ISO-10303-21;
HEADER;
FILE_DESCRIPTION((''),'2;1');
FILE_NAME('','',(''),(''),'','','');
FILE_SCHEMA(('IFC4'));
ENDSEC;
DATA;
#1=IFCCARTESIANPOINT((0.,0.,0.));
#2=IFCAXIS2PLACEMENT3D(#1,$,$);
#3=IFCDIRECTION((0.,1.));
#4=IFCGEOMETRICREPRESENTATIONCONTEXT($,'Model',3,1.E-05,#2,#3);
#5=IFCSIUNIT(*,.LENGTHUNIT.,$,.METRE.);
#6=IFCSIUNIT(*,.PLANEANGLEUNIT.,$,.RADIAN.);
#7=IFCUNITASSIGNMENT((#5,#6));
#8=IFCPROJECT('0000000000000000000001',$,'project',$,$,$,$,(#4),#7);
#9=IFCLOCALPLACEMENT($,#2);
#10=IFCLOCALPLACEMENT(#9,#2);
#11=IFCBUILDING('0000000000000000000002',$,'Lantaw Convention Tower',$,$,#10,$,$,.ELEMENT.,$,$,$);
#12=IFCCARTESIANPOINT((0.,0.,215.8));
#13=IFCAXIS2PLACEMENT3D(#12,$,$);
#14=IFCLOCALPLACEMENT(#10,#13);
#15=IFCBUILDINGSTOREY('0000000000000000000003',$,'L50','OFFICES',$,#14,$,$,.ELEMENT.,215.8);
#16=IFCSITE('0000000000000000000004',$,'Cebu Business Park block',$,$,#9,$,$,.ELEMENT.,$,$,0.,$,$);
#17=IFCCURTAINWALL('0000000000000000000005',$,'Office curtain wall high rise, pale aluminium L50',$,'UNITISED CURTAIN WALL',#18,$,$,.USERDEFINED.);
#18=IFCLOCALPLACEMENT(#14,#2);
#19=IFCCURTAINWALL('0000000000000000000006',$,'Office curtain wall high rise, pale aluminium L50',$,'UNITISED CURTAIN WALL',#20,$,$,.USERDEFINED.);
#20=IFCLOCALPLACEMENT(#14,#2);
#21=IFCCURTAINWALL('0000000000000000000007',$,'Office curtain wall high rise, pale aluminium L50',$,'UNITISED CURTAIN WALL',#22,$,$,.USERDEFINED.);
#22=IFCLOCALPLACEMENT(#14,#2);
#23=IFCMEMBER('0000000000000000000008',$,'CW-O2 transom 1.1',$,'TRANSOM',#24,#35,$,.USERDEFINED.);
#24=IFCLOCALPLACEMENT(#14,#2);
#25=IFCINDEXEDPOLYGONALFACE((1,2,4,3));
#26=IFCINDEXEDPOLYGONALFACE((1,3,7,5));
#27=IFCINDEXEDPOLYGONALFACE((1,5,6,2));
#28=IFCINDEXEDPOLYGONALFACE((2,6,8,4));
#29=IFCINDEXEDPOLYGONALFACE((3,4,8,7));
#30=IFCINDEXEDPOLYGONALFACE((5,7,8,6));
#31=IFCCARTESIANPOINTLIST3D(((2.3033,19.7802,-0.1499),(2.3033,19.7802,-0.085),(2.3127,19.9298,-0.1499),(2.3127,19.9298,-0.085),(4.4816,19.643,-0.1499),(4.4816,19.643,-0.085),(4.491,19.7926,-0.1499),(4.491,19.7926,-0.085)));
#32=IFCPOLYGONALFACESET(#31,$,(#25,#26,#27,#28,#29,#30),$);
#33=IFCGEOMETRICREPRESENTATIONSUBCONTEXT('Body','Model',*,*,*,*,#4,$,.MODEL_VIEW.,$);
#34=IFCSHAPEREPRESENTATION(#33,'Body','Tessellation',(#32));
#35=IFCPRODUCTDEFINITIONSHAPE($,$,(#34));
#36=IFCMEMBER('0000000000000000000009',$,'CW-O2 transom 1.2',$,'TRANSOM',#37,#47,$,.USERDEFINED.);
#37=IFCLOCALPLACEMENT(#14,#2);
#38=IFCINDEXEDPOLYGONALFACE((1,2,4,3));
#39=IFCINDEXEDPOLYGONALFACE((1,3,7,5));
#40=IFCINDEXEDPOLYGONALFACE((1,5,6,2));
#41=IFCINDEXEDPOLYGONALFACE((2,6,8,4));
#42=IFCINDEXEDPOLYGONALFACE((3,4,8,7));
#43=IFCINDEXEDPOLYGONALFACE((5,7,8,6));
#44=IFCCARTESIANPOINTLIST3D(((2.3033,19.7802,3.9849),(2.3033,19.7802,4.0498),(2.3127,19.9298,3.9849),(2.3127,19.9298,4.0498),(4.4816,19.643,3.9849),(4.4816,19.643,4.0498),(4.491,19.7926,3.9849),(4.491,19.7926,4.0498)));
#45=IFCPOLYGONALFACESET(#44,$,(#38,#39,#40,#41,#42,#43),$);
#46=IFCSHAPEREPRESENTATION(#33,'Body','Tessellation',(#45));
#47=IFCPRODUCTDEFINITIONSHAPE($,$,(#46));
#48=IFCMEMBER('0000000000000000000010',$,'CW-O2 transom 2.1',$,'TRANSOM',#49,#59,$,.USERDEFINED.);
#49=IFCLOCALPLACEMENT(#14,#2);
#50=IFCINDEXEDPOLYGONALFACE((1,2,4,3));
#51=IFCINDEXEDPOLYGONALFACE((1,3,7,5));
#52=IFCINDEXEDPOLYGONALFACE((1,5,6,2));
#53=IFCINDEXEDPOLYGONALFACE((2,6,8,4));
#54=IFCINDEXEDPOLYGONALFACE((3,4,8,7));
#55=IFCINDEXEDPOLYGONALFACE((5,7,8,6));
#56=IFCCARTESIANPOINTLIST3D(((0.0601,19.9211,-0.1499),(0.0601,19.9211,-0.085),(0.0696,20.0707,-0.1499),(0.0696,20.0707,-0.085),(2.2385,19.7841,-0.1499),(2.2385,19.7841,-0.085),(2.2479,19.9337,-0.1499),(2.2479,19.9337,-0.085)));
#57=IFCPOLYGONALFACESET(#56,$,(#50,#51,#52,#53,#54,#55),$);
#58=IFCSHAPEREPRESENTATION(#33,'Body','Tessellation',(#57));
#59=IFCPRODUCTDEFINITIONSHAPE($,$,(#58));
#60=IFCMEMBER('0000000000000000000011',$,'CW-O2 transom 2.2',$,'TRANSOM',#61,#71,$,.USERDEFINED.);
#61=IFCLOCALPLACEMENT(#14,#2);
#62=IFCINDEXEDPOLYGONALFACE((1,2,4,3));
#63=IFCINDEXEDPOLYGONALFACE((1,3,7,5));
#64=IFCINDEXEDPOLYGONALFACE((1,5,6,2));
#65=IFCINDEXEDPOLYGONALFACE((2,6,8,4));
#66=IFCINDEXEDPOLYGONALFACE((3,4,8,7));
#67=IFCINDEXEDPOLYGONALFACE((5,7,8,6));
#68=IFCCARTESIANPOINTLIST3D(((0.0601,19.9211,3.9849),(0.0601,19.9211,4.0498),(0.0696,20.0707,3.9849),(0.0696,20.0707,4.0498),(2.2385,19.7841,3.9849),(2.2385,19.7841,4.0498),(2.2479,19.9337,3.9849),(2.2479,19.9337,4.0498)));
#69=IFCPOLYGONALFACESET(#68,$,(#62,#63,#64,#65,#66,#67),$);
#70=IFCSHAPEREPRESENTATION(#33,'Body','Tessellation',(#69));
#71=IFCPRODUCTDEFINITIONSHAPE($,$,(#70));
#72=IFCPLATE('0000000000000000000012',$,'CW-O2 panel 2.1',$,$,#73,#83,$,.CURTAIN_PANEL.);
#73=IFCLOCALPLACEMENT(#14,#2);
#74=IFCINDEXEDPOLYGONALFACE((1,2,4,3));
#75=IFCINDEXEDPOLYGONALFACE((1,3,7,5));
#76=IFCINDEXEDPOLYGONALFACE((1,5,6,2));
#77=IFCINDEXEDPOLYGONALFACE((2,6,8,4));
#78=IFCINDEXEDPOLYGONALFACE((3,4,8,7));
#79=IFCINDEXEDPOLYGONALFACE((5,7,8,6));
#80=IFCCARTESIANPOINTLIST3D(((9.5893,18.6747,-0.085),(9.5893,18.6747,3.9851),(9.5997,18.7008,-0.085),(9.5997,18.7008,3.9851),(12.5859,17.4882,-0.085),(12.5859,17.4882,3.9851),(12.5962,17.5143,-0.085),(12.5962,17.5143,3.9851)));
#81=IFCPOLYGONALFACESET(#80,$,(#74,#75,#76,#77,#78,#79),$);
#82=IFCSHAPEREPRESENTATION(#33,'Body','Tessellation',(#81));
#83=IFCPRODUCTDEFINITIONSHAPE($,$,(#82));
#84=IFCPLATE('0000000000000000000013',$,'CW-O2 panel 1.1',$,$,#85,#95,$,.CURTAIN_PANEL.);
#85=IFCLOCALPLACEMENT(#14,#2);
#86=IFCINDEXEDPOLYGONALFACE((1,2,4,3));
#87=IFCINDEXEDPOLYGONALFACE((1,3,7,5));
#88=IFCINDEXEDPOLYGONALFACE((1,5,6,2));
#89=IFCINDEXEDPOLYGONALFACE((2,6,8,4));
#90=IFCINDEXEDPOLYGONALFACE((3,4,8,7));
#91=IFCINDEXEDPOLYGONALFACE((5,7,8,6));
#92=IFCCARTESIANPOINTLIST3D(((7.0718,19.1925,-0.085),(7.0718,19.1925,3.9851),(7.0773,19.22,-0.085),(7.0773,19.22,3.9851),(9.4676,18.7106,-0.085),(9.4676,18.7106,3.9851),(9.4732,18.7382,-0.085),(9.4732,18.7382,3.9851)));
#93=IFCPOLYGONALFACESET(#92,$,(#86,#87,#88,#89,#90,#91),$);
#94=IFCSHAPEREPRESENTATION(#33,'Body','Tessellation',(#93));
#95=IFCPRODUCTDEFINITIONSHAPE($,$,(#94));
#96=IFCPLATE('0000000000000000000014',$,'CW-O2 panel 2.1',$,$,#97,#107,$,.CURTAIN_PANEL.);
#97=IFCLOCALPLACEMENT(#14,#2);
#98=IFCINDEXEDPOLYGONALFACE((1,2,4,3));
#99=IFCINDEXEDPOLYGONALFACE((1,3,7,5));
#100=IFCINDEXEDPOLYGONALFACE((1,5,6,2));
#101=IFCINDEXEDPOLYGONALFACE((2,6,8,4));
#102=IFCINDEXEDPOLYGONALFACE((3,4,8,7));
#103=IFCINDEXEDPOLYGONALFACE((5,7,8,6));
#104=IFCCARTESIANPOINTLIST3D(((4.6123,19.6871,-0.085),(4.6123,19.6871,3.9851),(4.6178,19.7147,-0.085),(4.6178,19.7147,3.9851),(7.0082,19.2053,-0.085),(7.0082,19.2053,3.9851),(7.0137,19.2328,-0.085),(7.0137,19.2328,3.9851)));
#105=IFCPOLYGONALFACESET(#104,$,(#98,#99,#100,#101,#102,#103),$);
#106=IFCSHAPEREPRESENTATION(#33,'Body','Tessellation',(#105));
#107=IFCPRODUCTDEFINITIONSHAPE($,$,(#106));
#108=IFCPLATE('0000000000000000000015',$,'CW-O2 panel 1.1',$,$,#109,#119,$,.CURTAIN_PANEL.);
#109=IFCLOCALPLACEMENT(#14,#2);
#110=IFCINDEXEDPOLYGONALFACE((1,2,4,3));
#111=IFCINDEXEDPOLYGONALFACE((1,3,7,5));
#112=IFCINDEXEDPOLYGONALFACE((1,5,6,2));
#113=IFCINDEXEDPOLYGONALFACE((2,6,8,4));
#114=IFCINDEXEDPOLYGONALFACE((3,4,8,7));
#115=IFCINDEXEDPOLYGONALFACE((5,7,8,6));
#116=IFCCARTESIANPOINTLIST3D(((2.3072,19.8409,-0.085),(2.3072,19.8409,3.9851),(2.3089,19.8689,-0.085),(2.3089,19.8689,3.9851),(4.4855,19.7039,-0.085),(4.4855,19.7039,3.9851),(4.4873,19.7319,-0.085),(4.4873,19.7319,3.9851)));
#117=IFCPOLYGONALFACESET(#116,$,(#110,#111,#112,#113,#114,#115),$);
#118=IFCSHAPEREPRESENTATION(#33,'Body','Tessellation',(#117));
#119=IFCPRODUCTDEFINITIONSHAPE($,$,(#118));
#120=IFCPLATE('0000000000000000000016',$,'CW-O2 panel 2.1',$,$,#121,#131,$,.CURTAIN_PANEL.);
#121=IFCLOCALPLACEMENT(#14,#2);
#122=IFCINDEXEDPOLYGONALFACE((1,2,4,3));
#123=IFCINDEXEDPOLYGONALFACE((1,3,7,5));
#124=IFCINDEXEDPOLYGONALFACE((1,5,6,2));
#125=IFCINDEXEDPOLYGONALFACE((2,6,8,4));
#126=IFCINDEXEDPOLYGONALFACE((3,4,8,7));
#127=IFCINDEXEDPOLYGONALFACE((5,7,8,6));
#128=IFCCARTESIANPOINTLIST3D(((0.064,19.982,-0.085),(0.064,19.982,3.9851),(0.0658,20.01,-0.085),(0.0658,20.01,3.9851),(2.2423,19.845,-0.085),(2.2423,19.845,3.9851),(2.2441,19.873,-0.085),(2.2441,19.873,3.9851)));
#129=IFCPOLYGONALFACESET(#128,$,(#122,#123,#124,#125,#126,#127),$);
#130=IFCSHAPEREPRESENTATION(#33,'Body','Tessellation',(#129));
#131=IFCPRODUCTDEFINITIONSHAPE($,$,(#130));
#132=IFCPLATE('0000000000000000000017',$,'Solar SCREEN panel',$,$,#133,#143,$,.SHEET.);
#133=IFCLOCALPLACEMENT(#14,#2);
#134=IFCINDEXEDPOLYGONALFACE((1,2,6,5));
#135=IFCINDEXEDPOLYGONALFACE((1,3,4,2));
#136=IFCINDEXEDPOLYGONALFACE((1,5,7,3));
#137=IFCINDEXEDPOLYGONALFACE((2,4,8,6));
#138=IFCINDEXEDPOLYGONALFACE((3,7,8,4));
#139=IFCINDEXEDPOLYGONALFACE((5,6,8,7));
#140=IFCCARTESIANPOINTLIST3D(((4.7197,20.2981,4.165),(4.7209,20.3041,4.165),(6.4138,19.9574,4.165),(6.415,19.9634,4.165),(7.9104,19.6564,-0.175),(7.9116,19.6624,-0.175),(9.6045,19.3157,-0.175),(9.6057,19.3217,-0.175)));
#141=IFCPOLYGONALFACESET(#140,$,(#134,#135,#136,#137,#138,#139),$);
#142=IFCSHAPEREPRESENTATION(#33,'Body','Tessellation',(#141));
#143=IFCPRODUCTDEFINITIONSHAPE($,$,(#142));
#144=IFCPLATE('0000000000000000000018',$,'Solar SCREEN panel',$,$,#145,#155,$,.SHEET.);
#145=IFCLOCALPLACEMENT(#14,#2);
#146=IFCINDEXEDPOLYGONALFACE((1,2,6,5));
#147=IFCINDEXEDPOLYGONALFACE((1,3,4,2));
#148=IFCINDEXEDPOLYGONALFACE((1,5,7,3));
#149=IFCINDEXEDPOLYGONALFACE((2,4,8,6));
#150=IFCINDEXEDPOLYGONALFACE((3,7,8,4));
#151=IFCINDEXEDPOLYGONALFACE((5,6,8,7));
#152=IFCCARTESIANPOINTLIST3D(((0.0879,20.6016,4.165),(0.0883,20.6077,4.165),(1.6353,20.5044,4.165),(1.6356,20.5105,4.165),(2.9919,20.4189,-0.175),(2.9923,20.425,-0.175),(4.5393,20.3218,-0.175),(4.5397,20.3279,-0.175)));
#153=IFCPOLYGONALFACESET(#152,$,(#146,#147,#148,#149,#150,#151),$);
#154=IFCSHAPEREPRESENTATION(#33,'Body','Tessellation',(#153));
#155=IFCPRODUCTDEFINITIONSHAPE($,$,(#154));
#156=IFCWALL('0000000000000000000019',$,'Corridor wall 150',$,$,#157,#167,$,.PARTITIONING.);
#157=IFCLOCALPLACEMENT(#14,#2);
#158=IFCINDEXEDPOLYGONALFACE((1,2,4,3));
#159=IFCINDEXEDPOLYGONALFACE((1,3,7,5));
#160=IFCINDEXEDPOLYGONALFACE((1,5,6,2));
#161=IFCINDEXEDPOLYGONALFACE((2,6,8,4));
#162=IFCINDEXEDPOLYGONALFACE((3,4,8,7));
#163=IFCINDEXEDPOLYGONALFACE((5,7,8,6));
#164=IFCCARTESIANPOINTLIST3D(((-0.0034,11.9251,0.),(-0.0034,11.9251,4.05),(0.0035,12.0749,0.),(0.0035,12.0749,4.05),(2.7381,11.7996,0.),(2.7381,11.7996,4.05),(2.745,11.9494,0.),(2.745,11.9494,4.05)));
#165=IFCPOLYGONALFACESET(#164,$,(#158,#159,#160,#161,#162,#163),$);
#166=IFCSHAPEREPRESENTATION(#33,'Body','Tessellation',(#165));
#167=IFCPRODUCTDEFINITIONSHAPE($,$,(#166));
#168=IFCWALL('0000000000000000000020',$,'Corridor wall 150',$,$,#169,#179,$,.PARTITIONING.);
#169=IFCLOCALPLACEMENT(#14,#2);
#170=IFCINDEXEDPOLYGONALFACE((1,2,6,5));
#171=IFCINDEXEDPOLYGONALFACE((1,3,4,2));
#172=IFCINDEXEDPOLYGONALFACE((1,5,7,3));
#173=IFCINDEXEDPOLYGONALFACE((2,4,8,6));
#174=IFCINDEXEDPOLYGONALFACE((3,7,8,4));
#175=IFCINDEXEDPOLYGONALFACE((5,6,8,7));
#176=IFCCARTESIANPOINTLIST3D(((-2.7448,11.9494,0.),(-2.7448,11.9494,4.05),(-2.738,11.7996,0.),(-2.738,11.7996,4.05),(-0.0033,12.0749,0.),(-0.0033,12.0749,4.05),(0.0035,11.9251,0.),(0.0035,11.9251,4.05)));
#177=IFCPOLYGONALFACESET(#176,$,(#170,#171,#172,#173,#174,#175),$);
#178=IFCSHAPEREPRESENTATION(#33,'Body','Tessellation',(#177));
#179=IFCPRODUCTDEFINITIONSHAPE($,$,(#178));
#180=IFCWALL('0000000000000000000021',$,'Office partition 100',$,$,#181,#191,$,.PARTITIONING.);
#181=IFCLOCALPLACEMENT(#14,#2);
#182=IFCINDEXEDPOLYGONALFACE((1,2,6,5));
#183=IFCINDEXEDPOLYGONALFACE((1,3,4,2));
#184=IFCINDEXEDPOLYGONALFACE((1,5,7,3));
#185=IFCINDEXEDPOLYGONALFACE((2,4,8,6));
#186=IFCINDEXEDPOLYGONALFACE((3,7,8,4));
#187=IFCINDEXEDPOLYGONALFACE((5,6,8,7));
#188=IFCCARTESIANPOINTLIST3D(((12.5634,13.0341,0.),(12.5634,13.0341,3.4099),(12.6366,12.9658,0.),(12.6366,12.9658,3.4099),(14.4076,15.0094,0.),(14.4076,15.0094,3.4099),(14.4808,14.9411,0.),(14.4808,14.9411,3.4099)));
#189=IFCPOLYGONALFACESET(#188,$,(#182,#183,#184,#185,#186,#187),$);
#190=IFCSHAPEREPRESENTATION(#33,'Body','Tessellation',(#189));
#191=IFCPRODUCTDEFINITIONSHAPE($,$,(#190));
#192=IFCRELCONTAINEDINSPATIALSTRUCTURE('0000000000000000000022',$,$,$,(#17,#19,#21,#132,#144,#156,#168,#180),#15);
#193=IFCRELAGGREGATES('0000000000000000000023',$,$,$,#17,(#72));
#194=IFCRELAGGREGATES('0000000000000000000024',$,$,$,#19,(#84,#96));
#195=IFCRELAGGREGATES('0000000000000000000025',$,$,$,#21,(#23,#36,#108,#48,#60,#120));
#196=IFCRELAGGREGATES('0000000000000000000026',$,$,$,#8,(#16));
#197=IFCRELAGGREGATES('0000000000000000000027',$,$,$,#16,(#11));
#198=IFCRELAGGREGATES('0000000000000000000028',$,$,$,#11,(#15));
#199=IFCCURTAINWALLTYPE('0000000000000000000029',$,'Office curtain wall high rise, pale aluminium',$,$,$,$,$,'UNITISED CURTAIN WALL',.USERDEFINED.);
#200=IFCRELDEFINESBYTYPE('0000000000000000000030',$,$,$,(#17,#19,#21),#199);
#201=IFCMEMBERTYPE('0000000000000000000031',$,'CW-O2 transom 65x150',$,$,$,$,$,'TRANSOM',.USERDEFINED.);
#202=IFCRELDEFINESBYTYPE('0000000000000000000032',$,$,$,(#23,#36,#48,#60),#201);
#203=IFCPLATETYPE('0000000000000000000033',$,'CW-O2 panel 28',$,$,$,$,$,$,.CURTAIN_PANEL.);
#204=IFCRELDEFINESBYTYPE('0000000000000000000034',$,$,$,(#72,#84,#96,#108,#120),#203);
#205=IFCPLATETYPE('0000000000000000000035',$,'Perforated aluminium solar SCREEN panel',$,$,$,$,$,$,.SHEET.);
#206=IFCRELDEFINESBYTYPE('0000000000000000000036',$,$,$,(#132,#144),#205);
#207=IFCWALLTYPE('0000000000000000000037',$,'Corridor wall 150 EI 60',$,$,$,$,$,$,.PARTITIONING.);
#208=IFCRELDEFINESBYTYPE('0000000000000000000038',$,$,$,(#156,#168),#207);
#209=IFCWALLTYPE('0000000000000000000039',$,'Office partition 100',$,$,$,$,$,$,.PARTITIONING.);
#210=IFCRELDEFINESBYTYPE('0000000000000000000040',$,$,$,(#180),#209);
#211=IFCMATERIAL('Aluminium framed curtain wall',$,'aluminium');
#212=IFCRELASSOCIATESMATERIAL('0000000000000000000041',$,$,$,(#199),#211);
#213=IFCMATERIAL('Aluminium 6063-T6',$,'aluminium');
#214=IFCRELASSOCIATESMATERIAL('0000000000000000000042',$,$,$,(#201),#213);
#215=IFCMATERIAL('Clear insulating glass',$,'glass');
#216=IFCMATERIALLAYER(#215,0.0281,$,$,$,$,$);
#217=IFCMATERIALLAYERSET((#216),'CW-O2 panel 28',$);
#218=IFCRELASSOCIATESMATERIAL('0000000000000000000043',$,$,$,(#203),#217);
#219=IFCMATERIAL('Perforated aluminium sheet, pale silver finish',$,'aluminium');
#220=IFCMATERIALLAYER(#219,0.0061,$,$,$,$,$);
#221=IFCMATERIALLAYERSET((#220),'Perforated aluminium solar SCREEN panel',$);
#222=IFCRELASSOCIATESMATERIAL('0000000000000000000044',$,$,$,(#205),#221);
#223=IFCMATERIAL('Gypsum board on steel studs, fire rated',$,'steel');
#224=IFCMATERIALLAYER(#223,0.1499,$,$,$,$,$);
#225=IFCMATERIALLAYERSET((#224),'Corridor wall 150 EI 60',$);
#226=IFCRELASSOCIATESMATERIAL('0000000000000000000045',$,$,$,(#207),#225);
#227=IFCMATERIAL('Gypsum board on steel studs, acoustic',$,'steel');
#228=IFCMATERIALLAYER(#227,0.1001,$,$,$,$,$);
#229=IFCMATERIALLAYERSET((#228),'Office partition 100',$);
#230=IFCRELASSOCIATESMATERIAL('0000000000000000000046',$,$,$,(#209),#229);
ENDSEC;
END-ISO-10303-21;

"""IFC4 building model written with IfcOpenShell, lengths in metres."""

from ifc_helpers import new_model, si_unit, direction, frame, frame_2d, origin, origin_2d, place, context, subcontext, project, spatial, polyline, rectangle, outline, extrude, material, layer, layer_set, material_profile, profile_set, type_object, element, aggregate, save


model = new_model("IFC4")

# Units and contexts
model_context = context("Model", 3, precision=1e-05, world=origin(), true_north=direction((0.0, 1.0)))
body_context = subcontext(model_context, "Body", "Model", "MODEL_VIEW")
ifc_project = project(units=[si_unit("LENGTHUNIT", "METRE"), si_unit("PLANEANGLEUNIT", "RADIAN")], contexts=[model_context])

# Site, building, storey
site_placement = place(None, origin())
site = spatial("IfcSite", under=ifc_project, at=site_placement, Name="Cebu Business Park block", CompositionType="ELEMENT", RefElevation=0.0)
building_placement = place(site_placement, origin())
building = spatial("IfcBuilding", under=site, at=building_placement, Name="Lantaw Convention Tower", CompositionType="ELEMENT")
storey_placement = place(building_placement, frame((0.0, 0.0, 215.8)))
storey = spatial("IfcBuildingStorey", under=building, at=storey_placement, Name="L50", Description="OFFICES", CompositionType="ELEMENT", Elevation=215.8)

# Curtain walls
ifc_material_1 = material(Name="Aluminium framed curtain wall", Category="aluminium")
curtain_wall_type = type_object("IfcCurtainWallType", Name="Office curtain wall high rise, pale aluminium", ElementType="UNITISED CURTAIN WALL", PredefinedType="USERDEFINED", material=ifc_material_1)
curtain_wall_1_placement = place(storey_placement, origin())
curtain_wall_1 = element("IfcCurtainWall", 1, at=curtain_wall_1_placement, inside=storey, type_object=curtain_wall_type, Name="Office curtain wall high rise, pale aluminium L50", ObjectType="UNITISED CURTAIN WALL", PredefinedType="USERDEFINED")
ifc_material_2 = material(Name="Aluminium 6063-T6", Category="aluminium")
curtain_wall_2_placement = place(storey_placement, origin())
curtain_wall_2 = element("IfcCurtainWall", 2, at=curtain_wall_2_placement, inside=storey, type_object=curtain_wall_type, Name="Office curtain wall high rise, pale aluminium L50", ObjectType="UNITISED CURTAIN WALL", PredefinedType="USERDEFINED")
curtain_wall_3_placement = place(storey_placement, origin())
curtain_wall_3 = element("IfcCurtainWall", 3, at=curtain_wall_3_placement, inside=storey, type_object=curtain_wall_type, Name="Office curtain wall high rise, pale aluminium L50", ObjectType="UNITISED CURTAIN WALL", PredefinedType="USERDEFINED")

# Members
ifc_material_profile_1 = material_profile(ifc_material_2, rectangle(XDim=0.1499, YDim=0.0649, at=origin_2d()), Name="CW-O2 transom 65x150")
ifc_profile_set_1 = profile_set([ifc_material_profile_1], Name="Aluminium 6063-T6")
member_type_1 = type_object("IfcMemberType", Name="CW-O2 transom 65x150", ElementType="TRANSOM", PredefinedType="USERDEFINED", material=ifc_profile_set_1)
member_1_placement = place(storey_placement, frame((4.4863, 19.7178, -0.1174), z_axis=(-0.998022, 0.062866, 0.0), x_axis=(-0.062866, -0.998022, 0.0)))
member_1 = element("IfcMember", 4, at=member_1_placement, type_object=member_type_1, Name="CW-O2 transom 1.1", ObjectType="TRANSOM", PredefinedType="USERDEFINED", context=body_context, shape_type="SweptSolid", body=[
    extrude(rectangle(XDim=0.1499, YDim=0.0649, at=origin_2d()), origin(), (0.0, 0.0, 1.0), 2.1826),
])
member_2_placement = place(storey_placement, frame((4.4863, 19.7178, 4.0173), z_axis=(-0.998022, 0.062866, 0.0), x_axis=(-0.062866, -0.998022, 0.0)))
member_2 = element("IfcMember", 5, at=member_2_placement, type_object=member_type_1, Name="CW-O2 transom 1.2", ObjectType="TRANSOM", PredefinedType="USERDEFINED", context=body_context, shape_type="SweptSolid", body=[
    extrude(rectangle(XDim=0.1499, YDim=0.0649, at=origin_2d()), origin(), (0.0, 0.0, 1.0), 2.1826),
])
member_3_placement = place(storey_placement, frame((2.2432, 19.8589, -0.1174), z_axis=(-0.998029, 0.062754, 0.0), x_axis=(-0.062754, -0.998029, 0.0)))
member_3 = element("IfcMember", 6, at=member_3_placement, type_object=member_type_1, Name="CW-O2 transom 2.1", ObjectType="TRANSOM", PredefinedType="USERDEFINED", context=body_context, shape_type="SweptSolid", body=[
    extrude(rectangle(XDim=0.1499, YDim=0.0649, at=origin_2d()), origin(), (0.0, 0.0, 1.0), 2.1826),
])
member_4_placement = place(storey_placement, frame((2.2432, 19.8589, 4.0173), z_axis=(-0.998029, 0.062754, 0.0), x_axis=(-0.062754, -0.998029, 0.0)))
member_4 = element("IfcMember", 7, at=member_4_placement, type_object=member_type_1, Name="CW-O2 transom 2.2", ObjectType="TRANSOM", PredefinedType="USERDEFINED", context=body_context, shape_type="SweptSolid", body=[
    extrude(rectangle(XDim=0.1499, YDim=0.0649, at=origin_2d()), origin(), (0.0, 0.0, 1.0), 2.1826),
])

# Plates
ifc_material_3 = material(Name="Clear insulating glass", Category="glass")
ifc_layer_1 = layer(ifc_material_3, 0.0281)
ifc_layer_set_1 = layer_set([ifc_layer_1], Name="CW-O2 panel 28")
plate_type_1 = type_object("IfcPlateType", Name="CW-O2 panel 28", PredefinedType="CURTAIN_PANEL", material=ifc_layer_set_1)
plate_1_placement = place(storey_placement, frame((11.0928, 18.0945, -0.085), z_axis=(0.0, 0.0, 1.0), x_axis=(-0.929762, 0.368162, 0.0)))
plate_1 = element("IfcPlate", 8, at=plate_1_placement, type_object=plate_type_1, Name="CW-O2 panel 2.1", PredefinedType="CURTAIN_PANEL", context=body_context, shape_type="SweptSolid", body=[
    extrude(rectangle(XDim=3.2229, YDim=0.0281, at=origin_2d()), origin(), (0.0, 0.0, 1.0), 4.0701),
])
aggregate(curtain_wall_1, [plate_1])
plate_2_placement = place(storey_placement, frame((8.2725, 18.9653, -0.085), z_axis=(0.0, 0.0, 1.0), x_axis=(-0.980367, 0.197183, 0.0)))
plate_2 = element("IfcPlate", 9, at=plate_2_placement, type_object=plate_type_1, Name="CW-O2 panel 1.1", PredefinedType="CURTAIN_PANEL", context=body_context, shape_type="SweptSolid", body=[
    extrude(rectangle(XDim=2.4438, YDim=0.0281, at=origin_2d()), origin(), (0.0, 0.0, 1.0), 4.0701),
])
plate_3_placement = place(storey_placement, frame((5.813, 19.46, -0.085), z_axis=(0.0, 0.0, 1.0), x_axis=(-0.980367, 0.197183, 0.0)))
plate_3 = element("IfcPlate", 10, at=plate_3_placement, type_object=plate_type_1, Name="CW-O2 panel 2.1", PredefinedType="CURTAIN_PANEL", context=body_context, shape_type="SweptSolid", body=[
    extrude(rectangle(XDim=2.4438, YDim=0.0281, at=origin_2d()), origin(), (0.0, 0.0, 1.0), 4.0701),
])
aggregate(curtain_wall_2, [plate_2, plate_3])
plate_4_placement = place(storey_placement, frame((3.3972, 19.7864, -0.085), z_axis=(0.0, 0.0, 1.0), x_axis=(-0.998029, 0.062758, 0.0)))
plate_4 = element("IfcPlate", 11, at=plate_4_placement, type_object=plate_type_1, Name="CW-O2 panel 1.1", PredefinedType="CURTAIN_PANEL", context=body_context, shape_type="SweptSolid", body=[
    extrude(rectangle(XDim=2.1826, YDim=0.0281, at=origin_2d()), origin(), (0.0, 0.0, 1.0), 4.0701),
])
plate_5_placement = place(storey_placement, frame((1.1541, 19.9275, -0.085), z_axis=(0.0, 0.0, 1.0), x_axis=(-0.998029, 0.062758, 0.0)))
plate_5 = element("IfcPlate", 12, at=plate_5_placement, type_object=plate_type_1, Name="CW-O2 panel 2.1", PredefinedType="CURTAIN_PANEL", context=body_context, shape_type="SweptSolid", body=[
    extrude(rectangle(XDim=2.1826, YDim=0.0281, at=origin_2d()), origin(), (0.0, 0.0, 1.0), 4.0701),
])
aggregate(curtain_wall_3, [member_1, member_2, plate_4, member_3, member_4, plate_5])

# Plates
ifc_material_4 = material(Name="Perforated aluminium sheet, pale silver finish", Category="aluminium")
ifc_layer_2 = layer(ifc_material_4, 0.0061)
ifc_layer_set_2 = layer_set([ifc_layer_2], Name="Perforated aluminium solar SCREEN panel")
plate_type_2 = type_object("IfcPlateType", Name="Perforated aluminium solar SCREEN panel", PredefinedType="SHEET", material=ifc_layer_set_2)
plate_6_placement = place(storey_placement, frame((9.6045, 19.3157, -0.175), z_axis=(-0.197162, -0.980371, 0.000011), x_axis=(-0.980371, 0.197162, 0.0)))
element("IfcPlate", 13, at=plate_6_placement, inside=storey, type_object=plate_type_2, Name="Solar SCREEN panel", PredefinedType="SHEET", context=body_context, shape_type="SweptSolid", body=[
    extrude(outline(polyline([(0.0, 0.0), (1.728, 0.0), (4.9826, -4.3401), (3.2545, -4.3401), (0.0, 0.0)])), origin(), (0.0, 0.0, -1.0), 0.0061),
])
plate_7_placement = place(storey_placement, frame((4.5393, 20.3218, -0.175), z_axis=(-0.062672, -0.998034, 0.000059), x_axis=(-0.998034, 0.062672, 0.0)))
element("IfcPlate", 14, at=plate_7_placement, inside=storey, type_object=plate_type_2, Name="Solar SCREEN panel", PredefinedType="SHEET", context=body_context, shape_type="SweptSolid", body=[
    extrude(outline(polyline([(0.0, 0.0), (1.5504, 0.0), (4.4602, -4.3401), (2.9098, -4.3401), (0.0, 0.0)])), origin(), (0.0, 0.0, -1.0), 0.0061),
])

# Walls
ifc_material_5 = material(Name="Gypsum board on steel studs, fire rated", Category="steel")
ifc_layer_3 = layer(ifc_material_5, 0.1499)
ifc_layer_set_3 = layer_set([ifc_layer_3], Name="Corridor wall 150 EI 60")
wall_type_1 = type_object("IfcWallType", Name="Corridor wall 150 EI 60", PredefinedType="PARTITIONING", material=ifc_layer_set_3)
for number, where, z_axis, x_axis, name in (
    (15, (2.7415, 11.8745, 0.0), (0.0, 0.0, 1.0), (-0.998954, 0.045726, 0.0), "Corridor wall 150"),
    (16, (0.0, 12.0, 0.0), (0.0, 0.0, 1.0), (-0.998954, -0.045726, 0.0), "Corridor wall 150"),
):
    element("IfcWall", number, at=place(storey_placement, frame(where, z_axis=z_axis, x_axis=x_axis)), inside=storey, type_object=wall_type_1, Name=name, PredefinedType="PARTITIONING", context=body_context, shape_type="SweptSolid", body=[
        extrude(rectangle(XDim=2.7444, YDim=0.1499, at=frame_2d((1.3721, 0.0))), origin(), (0.0, 0.0, 1.0), 4.05),
    ])
ifc_material_6 = material(Name="Gypsum board on steel studs, acoustic", Category="steel")
ifc_layer_4 = layer(ifc_material_6, 0.1001)
ifc_layer_set_4 = layer_set([ifc_layer_4], Name="Office partition 100")
wall_type_2 = type_object("IfcWallType", Name="Office partition 100", PredefinedType="PARTITIONING", material=ifc_layer_set_4)
wall_placement = place(storey_placement, frame((12.6001, 13.0, 0.0), z_axis=(0.0, 0.0, 1.0), x_axis=(0.682434, 0.730947, 0.0)))
element("IfcWall", 17, at=wall_placement, inside=storey, type_object=wall_type_2, Name="Office partition 100", PredefinedType="PARTITIONING", context=body_context, shape_type="SweptSolid", body=[
    extrude(rectangle(XDim=2.7024, YDim=0.1001, at=frame_2d((1.3511, 0.0))), origin(), (0.0, 0.0, 1.0), 3.4099),
])

save(model, "model.ifc")
